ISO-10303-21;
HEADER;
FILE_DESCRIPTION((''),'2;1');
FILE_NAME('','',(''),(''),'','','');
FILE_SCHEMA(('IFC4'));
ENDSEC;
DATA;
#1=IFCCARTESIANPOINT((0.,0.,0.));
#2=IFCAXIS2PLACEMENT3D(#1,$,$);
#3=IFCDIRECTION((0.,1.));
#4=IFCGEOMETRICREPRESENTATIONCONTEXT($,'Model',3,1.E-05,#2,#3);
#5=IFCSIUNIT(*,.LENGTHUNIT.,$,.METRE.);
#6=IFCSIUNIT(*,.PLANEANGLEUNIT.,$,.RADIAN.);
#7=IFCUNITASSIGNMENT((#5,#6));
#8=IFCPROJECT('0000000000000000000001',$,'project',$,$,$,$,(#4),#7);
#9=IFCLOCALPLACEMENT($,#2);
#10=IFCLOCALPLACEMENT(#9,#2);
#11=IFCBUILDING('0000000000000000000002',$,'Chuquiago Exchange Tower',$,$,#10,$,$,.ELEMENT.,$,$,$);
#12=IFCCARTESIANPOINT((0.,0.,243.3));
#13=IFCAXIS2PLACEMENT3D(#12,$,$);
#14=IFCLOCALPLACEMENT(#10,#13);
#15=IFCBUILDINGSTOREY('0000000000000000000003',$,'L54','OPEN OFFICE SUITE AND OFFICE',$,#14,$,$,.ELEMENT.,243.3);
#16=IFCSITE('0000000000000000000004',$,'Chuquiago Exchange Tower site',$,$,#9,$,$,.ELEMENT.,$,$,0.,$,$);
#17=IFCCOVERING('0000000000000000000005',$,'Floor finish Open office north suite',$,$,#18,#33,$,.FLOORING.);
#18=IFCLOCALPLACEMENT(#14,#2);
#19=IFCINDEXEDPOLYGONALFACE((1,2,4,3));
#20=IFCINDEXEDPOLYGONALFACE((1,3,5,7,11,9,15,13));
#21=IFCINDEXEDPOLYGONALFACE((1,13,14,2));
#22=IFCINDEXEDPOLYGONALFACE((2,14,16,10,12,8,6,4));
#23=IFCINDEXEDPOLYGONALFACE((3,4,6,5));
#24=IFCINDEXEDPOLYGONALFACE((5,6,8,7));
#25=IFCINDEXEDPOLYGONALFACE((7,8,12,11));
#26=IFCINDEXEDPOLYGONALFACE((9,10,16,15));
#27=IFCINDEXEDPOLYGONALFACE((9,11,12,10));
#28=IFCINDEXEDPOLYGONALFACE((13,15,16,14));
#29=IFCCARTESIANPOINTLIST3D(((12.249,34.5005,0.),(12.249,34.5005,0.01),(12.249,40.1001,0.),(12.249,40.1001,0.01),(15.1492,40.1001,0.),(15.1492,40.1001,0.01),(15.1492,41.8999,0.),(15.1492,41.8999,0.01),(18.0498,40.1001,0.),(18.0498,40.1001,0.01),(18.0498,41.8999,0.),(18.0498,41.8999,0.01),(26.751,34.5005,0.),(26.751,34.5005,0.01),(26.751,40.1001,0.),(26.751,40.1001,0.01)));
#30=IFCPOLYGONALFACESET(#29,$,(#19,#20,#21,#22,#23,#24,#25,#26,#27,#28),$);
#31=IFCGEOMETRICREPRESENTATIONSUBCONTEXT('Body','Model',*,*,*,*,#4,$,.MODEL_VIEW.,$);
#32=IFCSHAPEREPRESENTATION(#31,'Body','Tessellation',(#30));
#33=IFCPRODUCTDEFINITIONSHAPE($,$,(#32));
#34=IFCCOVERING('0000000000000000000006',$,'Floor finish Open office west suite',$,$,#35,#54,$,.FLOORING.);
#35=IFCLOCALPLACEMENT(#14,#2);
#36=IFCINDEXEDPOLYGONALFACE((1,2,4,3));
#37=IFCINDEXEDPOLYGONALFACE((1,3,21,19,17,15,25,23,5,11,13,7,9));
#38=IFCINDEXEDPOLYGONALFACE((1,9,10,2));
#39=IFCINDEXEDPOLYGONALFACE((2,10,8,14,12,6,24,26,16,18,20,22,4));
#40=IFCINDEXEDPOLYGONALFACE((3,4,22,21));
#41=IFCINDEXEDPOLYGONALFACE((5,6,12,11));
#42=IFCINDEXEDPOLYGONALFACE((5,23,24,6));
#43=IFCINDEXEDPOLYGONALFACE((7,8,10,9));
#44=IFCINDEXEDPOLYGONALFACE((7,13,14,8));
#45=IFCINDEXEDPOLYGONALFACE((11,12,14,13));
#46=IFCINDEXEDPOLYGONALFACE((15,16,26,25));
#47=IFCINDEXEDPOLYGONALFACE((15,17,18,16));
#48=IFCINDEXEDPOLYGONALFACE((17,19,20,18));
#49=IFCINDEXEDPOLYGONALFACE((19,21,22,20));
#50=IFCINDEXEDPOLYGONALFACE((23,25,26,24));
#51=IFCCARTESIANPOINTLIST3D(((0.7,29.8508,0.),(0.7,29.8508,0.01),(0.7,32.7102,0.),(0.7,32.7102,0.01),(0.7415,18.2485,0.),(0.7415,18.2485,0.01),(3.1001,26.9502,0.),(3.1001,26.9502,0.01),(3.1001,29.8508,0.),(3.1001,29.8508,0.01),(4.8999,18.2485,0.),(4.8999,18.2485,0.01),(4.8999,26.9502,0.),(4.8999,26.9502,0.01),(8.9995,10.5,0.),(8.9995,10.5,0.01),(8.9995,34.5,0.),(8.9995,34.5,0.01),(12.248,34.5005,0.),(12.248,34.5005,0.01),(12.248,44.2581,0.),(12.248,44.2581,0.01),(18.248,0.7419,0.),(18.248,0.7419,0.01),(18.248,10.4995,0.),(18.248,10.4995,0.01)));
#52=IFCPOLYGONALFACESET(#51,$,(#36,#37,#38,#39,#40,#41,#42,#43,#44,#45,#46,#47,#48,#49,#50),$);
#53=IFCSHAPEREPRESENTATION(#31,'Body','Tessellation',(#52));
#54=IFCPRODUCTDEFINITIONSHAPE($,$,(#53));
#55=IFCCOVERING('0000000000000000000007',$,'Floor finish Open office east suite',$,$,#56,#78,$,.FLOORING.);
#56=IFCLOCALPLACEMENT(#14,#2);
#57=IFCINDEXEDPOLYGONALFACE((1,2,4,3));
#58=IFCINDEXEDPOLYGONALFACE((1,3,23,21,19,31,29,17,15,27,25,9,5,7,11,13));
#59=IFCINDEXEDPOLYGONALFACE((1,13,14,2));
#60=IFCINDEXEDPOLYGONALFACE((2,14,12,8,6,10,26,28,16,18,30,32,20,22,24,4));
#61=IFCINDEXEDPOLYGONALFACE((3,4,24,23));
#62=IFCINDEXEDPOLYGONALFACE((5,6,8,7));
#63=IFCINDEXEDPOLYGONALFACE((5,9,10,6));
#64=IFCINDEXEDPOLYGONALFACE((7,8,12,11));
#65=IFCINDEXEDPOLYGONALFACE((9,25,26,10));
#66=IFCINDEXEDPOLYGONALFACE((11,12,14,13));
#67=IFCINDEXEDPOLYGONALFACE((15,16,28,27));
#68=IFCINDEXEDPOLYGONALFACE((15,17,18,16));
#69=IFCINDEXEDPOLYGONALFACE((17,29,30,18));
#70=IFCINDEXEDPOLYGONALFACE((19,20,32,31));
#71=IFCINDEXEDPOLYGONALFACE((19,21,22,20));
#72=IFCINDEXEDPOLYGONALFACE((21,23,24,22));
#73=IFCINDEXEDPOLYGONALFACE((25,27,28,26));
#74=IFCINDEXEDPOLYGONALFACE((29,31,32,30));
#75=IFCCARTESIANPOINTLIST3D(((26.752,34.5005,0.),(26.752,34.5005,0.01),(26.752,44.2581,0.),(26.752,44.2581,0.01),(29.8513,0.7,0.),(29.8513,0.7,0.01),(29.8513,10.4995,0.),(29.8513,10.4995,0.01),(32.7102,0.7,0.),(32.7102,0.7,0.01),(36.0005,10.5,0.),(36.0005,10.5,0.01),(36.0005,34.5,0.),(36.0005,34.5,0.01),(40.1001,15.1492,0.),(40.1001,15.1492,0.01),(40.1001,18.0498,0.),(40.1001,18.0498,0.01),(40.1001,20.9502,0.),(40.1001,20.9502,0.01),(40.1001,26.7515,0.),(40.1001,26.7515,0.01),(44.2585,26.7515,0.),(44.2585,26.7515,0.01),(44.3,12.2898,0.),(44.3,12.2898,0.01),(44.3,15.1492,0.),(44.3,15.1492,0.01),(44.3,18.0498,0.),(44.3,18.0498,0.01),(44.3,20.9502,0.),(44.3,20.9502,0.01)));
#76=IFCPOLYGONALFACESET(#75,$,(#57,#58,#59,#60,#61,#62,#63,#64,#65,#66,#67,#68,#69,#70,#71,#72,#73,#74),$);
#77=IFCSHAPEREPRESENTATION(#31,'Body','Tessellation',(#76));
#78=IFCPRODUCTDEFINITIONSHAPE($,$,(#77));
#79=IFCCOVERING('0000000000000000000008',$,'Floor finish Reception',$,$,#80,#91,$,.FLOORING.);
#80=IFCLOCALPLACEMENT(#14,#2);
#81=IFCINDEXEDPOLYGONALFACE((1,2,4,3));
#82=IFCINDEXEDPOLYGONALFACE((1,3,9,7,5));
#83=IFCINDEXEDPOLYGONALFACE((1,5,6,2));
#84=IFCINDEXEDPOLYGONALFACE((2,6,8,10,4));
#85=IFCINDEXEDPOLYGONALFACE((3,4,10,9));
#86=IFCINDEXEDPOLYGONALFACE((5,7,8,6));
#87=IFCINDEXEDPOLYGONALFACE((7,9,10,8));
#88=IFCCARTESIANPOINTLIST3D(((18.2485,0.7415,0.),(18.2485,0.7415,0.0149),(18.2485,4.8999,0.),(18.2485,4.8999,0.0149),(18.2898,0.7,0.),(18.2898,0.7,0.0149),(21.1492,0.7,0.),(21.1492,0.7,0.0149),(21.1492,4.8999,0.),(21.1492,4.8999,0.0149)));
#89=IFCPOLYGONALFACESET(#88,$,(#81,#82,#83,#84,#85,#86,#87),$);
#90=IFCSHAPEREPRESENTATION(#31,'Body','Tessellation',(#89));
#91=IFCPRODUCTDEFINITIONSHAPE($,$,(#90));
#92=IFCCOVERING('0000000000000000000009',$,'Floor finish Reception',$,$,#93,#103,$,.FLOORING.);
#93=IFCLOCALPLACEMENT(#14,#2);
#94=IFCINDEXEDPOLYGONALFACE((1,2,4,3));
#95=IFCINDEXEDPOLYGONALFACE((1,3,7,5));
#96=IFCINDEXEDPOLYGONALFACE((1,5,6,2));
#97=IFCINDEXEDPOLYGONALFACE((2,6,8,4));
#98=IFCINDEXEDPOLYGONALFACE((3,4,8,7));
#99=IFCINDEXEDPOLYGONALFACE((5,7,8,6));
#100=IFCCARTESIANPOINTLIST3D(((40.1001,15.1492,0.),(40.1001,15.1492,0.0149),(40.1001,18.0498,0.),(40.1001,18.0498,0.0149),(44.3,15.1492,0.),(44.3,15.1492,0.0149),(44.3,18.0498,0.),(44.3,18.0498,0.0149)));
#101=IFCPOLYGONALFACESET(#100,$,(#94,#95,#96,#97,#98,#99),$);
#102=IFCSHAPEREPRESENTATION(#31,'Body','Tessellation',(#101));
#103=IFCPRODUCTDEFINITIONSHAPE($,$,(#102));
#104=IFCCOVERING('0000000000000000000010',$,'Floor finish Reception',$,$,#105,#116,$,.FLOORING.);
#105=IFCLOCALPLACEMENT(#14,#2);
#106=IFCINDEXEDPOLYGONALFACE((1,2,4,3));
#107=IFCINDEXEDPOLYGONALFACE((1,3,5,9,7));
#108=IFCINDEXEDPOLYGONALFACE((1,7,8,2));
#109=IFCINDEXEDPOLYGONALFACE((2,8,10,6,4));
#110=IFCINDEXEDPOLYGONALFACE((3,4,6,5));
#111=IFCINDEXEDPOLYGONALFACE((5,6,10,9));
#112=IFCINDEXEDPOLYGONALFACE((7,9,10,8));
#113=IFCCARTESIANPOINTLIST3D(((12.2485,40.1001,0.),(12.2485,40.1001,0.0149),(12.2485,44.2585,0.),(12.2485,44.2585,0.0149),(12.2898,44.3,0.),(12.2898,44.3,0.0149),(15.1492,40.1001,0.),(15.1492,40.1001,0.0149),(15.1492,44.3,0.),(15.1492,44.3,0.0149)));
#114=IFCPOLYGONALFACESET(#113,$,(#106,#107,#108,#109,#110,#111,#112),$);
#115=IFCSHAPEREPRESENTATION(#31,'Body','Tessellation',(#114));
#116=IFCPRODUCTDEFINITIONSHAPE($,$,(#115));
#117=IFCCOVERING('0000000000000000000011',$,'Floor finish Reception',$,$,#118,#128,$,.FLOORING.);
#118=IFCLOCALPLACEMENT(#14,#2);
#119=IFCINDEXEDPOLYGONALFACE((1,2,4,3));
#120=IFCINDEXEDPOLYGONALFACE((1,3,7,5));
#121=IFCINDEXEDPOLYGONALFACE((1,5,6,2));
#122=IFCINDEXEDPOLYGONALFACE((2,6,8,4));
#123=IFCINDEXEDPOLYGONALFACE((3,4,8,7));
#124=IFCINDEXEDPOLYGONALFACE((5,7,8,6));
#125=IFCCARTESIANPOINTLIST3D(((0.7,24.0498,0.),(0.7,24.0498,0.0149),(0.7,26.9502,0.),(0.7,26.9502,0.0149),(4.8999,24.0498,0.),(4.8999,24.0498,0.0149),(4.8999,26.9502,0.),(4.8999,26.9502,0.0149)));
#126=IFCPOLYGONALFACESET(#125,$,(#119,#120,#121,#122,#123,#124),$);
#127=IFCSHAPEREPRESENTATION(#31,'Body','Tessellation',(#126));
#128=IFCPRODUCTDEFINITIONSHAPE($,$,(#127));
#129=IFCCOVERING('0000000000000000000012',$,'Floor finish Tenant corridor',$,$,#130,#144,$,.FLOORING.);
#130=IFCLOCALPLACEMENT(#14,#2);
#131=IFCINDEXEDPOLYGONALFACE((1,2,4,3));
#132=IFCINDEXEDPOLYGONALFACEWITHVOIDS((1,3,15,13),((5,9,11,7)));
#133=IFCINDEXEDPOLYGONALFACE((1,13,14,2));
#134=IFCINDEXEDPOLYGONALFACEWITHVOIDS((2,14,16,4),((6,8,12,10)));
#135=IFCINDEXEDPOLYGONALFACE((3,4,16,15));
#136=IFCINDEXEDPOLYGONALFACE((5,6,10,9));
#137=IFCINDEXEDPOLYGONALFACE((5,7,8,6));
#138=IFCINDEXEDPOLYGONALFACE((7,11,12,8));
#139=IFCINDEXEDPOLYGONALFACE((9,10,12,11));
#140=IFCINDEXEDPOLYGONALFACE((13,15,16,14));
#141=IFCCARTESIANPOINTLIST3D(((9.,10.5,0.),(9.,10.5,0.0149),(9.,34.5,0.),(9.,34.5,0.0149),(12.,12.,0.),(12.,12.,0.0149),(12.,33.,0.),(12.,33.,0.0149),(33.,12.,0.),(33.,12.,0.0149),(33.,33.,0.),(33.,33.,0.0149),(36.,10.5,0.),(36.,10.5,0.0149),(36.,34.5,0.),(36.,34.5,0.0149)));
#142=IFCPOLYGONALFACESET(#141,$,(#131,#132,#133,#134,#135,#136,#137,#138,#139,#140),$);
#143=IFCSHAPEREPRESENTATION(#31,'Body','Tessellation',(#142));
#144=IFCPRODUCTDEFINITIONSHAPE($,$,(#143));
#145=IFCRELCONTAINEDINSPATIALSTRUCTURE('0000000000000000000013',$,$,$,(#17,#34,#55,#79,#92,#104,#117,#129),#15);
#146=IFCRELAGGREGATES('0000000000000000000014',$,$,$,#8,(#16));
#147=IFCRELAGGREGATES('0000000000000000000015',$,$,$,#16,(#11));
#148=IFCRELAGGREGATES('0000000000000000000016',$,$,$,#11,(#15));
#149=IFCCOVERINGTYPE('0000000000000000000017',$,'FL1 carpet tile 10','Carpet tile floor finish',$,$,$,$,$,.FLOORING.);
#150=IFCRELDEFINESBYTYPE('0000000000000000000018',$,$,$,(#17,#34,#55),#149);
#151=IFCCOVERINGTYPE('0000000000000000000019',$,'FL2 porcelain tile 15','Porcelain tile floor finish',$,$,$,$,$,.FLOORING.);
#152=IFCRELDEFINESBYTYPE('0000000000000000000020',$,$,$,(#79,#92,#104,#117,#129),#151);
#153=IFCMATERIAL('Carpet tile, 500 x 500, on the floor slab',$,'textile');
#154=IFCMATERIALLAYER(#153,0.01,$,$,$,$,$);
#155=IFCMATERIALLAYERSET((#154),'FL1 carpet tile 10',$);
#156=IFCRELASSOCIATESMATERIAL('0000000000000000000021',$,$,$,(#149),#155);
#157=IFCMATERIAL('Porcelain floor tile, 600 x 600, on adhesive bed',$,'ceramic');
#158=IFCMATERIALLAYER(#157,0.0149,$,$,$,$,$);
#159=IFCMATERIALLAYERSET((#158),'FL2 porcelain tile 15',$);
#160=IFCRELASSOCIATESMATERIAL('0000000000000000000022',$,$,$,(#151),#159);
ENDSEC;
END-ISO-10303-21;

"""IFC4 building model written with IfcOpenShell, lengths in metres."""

from ifc_helpers import new_model, si_unit, direction, frame, origin, place, context, subcontext, project, spatial, polyline, outline, extrude, material, layer, layer_set, type_object, element, save


model = new_model("IFC4")

# Units and contexts
model_context = context("Model", 3, precision=1e-05, world=origin(), true_north=direction((0.0, 1.0)))
body_context = subcontext(model_context, "Body", "Model", "MODEL_VIEW")
ifc_project = project(units=[si_unit("LENGTHUNIT", "METRE"), si_unit("PLANEANGLEUNIT", "RADIAN")], contexts=[model_context])

# Site, building, storey
site_placement = place(None, origin())
site = spatial("IfcSite", under=ifc_project, at=site_placement, Name="Chuquiago Exchange Tower site", CompositionType="ELEMENT", RefElevation=0.0)
building_placement = place(site_placement, origin())
building = spatial("IfcBuilding", under=site, at=building_placement, Name="Chuquiago Exchange Tower", CompositionType="ELEMENT")
storey_placement = place(building_placement, frame((0.0, 0.0, 243.3)))
storey = spatial("IfcBuildingStorey", under=building, at=storey_placement, Name="L54", Description="OPEN OFFICE SUITE AND OFFICE", CompositionType="ELEMENT", Elevation=243.3)

# Coverings
ifc_material_1 = material(Name="Carpet tile, 500 x 500, on the floor slab", Category="textile")
ifc_layer_1 = layer(ifc_material_1, 0.01)
ifc_layer_set_1 = layer_set([ifc_layer_1], Name="FL1 carpet tile 10")
covering_type_1 = type_object("IfcCoveringType", Name="FL1 carpet tile 10", Description="Carpet tile floor finish", PredefinedType="FLOORING", material=ifc_layer_set_1)
covering_1_placement = place(storey_placement, origin())
element("IfcCovering", 1, at=covering_1_placement, inside=storey, type_object=covering_type_1, Name="Floor finish Open office north suite", PredefinedType="FLOORING", context=body_context, shape_type="SweptSolid", body=[
    extrude(outline(polyline([(15.1492, 40.1001), (15.1492, 41.8999), (18.0498, 41.8999), (18.0498, 40.1001), (26.751, 40.1001), (26.751, 34.5005), (12.249, 34.5005), (12.249, 40.1001), (15.1492, 40.1001)])), origin(), (0.0, 0.0, 1.0), 0.01),
])
covering_2_placement = place(storey_placement, origin())
element("IfcCovering", 2, at=covering_2_placement, inside=storey, type_object=covering_type_1, Name="Floor finish Open office west suite", PredefinedType="FLOORING", context=body_context, shape_type="SweptSolid", body=[
    extrude(outline(polyline([(0.7415, 18.2485), (4.8999, 18.2485), (4.8999, 26.9502), (3.1001, 26.9502), (3.1001, 29.8508), (0.7, 29.8508), (0.7, 32.7102), (12.248, 44.2581), (12.248, 34.5005), (8.9995, 34.5), (8.9995, 10.5), (18.248, 10.4995), (18.248, 0.7419), (0.7415, 18.2485)])), origin(), (0.0, 0.0, 1.0), 0.01),
])
covering_3_placement = place(storey_placement, origin())
element("IfcCovering", 3, at=covering_3_placement, inside=storey, type_object=covering_type_1, Name="Floor finish Open office east suite", PredefinedType="FLOORING", context=body_context, shape_type="SweptSolid", body=[
    extrude(outline(polyline([(44.2585, 26.7515), (40.1001, 26.7515), (40.1001, 20.9502), (44.3, 20.9502), (44.3, 18.0498), (40.1001, 18.0498), (40.1001, 15.1492), (44.3, 15.1492), (44.3, 12.2898), (32.7102, 0.7), (29.8513, 0.7), (29.8513, 10.4995), (36.0005, 10.5), (36.0005, 34.5), (26.752, 34.5005), (26.752, 44.2581), (44.2585, 26.7515)])), origin(), (0.0, 0.0, 1.0), 0.01),
])
ifc_material_2 = material(Name="Porcelain floor tile, 600 x 600, on adhesive bed", Category="ceramic")
ifc_layer_2 = layer(ifc_material_2, 0.0149)
ifc_layer_set_2 = layer_set([ifc_layer_2], Name="FL2 porcelain tile 15")
covering_type_2 = type_object("IfcCoveringType", Name="FL2 porcelain tile 15", Description="Porcelain tile floor finish", PredefinedType="FLOORING", material=ifc_layer_set_2)
covering_4_placement = place(storey_placement, origin())
element("IfcCovering", 4, at=covering_4_placement, inside=storey, type_object=covering_type_2, Name="Floor finish Reception", PredefinedType="FLOORING", context=body_context, shape_type="SweptSolid", body=[
    extrude(outline(polyline([(18.2898, 0.7), (18.2485, 0.7415), (18.2485, 4.8999), (21.1492, 4.8999), (21.1492, 0.7), (18.2898, 0.7)])), origin(), (0.0, 0.0, 1.0), 0.0149),
])
covering_5_placement = place(storey_placement, origin())
element("IfcCovering", 5, at=covering_5_placement, inside=storey, type_object=covering_type_2, Name="Floor finish Reception", PredefinedType="FLOORING", context=body_context, shape_type="SweptSolid", body=[
    extrude(outline(polyline([(44.3, 15.1492), (40.1001, 15.1492), (40.1001, 18.0498), (44.3, 18.0498), (44.3, 15.1492)])), origin(), (0.0, 0.0, 1.0), 0.0149),
])
covering_6_placement = place(storey_placement, origin())
element("IfcCovering", 6, at=covering_6_placement, inside=storey, type_object=covering_type_2, Name="Floor finish Reception", PredefinedType="FLOORING", context=body_context, shape_type="SweptSolid", body=[
    extrude(outline(polyline([(12.2898, 44.3), (15.1492, 44.3), (15.1492, 40.1001), (12.2485, 40.1001), (12.2485, 44.2585), (12.2898, 44.3)])), origin(), (0.0, 0.0, 1.0), 0.0149),
])
covering_7_placement = place(storey_placement, origin())
element("IfcCovering", 7, at=covering_7_placement, inside=storey, type_object=covering_type_2, Name="Floor finish Reception", PredefinedType="FLOORING", context=body_context, shape_type="SweptSolid", body=[
    extrude(outline(polyline([(0.7, 26.9502), (4.8999, 26.9502), (4.8999, 24.0498), (0.7, 24.0498), (0.7, 26.9502)])), origin(), (0.0, 0.0, 1.0), 0.0149),
])
covering_8_placement = place(storey_placement, origin())
element("IfcCovering", 8, at=covering_8_placement, inside=storey, type_object=covering_type_2, Name="Floor finish Tenant corridor", PredefinedType="FLOORING", context=body_context, shape_type="SweptSolid", body=[
    extrude(outline(polyline([(9.0, 10.5), (9.0, 34.5), (36.0, 34.5), (36.0, 10.5), (9.0, 10.5)]), holes=[polyline([(12.0, 33.0), (12.0, 12.0), (33.0, 12.0), (33.0, 33.0), (12.0, 33.0)])]), origin(), (0.0, 0.0, 1.0), 0.0149),
])

save(model, "model.ifc")
